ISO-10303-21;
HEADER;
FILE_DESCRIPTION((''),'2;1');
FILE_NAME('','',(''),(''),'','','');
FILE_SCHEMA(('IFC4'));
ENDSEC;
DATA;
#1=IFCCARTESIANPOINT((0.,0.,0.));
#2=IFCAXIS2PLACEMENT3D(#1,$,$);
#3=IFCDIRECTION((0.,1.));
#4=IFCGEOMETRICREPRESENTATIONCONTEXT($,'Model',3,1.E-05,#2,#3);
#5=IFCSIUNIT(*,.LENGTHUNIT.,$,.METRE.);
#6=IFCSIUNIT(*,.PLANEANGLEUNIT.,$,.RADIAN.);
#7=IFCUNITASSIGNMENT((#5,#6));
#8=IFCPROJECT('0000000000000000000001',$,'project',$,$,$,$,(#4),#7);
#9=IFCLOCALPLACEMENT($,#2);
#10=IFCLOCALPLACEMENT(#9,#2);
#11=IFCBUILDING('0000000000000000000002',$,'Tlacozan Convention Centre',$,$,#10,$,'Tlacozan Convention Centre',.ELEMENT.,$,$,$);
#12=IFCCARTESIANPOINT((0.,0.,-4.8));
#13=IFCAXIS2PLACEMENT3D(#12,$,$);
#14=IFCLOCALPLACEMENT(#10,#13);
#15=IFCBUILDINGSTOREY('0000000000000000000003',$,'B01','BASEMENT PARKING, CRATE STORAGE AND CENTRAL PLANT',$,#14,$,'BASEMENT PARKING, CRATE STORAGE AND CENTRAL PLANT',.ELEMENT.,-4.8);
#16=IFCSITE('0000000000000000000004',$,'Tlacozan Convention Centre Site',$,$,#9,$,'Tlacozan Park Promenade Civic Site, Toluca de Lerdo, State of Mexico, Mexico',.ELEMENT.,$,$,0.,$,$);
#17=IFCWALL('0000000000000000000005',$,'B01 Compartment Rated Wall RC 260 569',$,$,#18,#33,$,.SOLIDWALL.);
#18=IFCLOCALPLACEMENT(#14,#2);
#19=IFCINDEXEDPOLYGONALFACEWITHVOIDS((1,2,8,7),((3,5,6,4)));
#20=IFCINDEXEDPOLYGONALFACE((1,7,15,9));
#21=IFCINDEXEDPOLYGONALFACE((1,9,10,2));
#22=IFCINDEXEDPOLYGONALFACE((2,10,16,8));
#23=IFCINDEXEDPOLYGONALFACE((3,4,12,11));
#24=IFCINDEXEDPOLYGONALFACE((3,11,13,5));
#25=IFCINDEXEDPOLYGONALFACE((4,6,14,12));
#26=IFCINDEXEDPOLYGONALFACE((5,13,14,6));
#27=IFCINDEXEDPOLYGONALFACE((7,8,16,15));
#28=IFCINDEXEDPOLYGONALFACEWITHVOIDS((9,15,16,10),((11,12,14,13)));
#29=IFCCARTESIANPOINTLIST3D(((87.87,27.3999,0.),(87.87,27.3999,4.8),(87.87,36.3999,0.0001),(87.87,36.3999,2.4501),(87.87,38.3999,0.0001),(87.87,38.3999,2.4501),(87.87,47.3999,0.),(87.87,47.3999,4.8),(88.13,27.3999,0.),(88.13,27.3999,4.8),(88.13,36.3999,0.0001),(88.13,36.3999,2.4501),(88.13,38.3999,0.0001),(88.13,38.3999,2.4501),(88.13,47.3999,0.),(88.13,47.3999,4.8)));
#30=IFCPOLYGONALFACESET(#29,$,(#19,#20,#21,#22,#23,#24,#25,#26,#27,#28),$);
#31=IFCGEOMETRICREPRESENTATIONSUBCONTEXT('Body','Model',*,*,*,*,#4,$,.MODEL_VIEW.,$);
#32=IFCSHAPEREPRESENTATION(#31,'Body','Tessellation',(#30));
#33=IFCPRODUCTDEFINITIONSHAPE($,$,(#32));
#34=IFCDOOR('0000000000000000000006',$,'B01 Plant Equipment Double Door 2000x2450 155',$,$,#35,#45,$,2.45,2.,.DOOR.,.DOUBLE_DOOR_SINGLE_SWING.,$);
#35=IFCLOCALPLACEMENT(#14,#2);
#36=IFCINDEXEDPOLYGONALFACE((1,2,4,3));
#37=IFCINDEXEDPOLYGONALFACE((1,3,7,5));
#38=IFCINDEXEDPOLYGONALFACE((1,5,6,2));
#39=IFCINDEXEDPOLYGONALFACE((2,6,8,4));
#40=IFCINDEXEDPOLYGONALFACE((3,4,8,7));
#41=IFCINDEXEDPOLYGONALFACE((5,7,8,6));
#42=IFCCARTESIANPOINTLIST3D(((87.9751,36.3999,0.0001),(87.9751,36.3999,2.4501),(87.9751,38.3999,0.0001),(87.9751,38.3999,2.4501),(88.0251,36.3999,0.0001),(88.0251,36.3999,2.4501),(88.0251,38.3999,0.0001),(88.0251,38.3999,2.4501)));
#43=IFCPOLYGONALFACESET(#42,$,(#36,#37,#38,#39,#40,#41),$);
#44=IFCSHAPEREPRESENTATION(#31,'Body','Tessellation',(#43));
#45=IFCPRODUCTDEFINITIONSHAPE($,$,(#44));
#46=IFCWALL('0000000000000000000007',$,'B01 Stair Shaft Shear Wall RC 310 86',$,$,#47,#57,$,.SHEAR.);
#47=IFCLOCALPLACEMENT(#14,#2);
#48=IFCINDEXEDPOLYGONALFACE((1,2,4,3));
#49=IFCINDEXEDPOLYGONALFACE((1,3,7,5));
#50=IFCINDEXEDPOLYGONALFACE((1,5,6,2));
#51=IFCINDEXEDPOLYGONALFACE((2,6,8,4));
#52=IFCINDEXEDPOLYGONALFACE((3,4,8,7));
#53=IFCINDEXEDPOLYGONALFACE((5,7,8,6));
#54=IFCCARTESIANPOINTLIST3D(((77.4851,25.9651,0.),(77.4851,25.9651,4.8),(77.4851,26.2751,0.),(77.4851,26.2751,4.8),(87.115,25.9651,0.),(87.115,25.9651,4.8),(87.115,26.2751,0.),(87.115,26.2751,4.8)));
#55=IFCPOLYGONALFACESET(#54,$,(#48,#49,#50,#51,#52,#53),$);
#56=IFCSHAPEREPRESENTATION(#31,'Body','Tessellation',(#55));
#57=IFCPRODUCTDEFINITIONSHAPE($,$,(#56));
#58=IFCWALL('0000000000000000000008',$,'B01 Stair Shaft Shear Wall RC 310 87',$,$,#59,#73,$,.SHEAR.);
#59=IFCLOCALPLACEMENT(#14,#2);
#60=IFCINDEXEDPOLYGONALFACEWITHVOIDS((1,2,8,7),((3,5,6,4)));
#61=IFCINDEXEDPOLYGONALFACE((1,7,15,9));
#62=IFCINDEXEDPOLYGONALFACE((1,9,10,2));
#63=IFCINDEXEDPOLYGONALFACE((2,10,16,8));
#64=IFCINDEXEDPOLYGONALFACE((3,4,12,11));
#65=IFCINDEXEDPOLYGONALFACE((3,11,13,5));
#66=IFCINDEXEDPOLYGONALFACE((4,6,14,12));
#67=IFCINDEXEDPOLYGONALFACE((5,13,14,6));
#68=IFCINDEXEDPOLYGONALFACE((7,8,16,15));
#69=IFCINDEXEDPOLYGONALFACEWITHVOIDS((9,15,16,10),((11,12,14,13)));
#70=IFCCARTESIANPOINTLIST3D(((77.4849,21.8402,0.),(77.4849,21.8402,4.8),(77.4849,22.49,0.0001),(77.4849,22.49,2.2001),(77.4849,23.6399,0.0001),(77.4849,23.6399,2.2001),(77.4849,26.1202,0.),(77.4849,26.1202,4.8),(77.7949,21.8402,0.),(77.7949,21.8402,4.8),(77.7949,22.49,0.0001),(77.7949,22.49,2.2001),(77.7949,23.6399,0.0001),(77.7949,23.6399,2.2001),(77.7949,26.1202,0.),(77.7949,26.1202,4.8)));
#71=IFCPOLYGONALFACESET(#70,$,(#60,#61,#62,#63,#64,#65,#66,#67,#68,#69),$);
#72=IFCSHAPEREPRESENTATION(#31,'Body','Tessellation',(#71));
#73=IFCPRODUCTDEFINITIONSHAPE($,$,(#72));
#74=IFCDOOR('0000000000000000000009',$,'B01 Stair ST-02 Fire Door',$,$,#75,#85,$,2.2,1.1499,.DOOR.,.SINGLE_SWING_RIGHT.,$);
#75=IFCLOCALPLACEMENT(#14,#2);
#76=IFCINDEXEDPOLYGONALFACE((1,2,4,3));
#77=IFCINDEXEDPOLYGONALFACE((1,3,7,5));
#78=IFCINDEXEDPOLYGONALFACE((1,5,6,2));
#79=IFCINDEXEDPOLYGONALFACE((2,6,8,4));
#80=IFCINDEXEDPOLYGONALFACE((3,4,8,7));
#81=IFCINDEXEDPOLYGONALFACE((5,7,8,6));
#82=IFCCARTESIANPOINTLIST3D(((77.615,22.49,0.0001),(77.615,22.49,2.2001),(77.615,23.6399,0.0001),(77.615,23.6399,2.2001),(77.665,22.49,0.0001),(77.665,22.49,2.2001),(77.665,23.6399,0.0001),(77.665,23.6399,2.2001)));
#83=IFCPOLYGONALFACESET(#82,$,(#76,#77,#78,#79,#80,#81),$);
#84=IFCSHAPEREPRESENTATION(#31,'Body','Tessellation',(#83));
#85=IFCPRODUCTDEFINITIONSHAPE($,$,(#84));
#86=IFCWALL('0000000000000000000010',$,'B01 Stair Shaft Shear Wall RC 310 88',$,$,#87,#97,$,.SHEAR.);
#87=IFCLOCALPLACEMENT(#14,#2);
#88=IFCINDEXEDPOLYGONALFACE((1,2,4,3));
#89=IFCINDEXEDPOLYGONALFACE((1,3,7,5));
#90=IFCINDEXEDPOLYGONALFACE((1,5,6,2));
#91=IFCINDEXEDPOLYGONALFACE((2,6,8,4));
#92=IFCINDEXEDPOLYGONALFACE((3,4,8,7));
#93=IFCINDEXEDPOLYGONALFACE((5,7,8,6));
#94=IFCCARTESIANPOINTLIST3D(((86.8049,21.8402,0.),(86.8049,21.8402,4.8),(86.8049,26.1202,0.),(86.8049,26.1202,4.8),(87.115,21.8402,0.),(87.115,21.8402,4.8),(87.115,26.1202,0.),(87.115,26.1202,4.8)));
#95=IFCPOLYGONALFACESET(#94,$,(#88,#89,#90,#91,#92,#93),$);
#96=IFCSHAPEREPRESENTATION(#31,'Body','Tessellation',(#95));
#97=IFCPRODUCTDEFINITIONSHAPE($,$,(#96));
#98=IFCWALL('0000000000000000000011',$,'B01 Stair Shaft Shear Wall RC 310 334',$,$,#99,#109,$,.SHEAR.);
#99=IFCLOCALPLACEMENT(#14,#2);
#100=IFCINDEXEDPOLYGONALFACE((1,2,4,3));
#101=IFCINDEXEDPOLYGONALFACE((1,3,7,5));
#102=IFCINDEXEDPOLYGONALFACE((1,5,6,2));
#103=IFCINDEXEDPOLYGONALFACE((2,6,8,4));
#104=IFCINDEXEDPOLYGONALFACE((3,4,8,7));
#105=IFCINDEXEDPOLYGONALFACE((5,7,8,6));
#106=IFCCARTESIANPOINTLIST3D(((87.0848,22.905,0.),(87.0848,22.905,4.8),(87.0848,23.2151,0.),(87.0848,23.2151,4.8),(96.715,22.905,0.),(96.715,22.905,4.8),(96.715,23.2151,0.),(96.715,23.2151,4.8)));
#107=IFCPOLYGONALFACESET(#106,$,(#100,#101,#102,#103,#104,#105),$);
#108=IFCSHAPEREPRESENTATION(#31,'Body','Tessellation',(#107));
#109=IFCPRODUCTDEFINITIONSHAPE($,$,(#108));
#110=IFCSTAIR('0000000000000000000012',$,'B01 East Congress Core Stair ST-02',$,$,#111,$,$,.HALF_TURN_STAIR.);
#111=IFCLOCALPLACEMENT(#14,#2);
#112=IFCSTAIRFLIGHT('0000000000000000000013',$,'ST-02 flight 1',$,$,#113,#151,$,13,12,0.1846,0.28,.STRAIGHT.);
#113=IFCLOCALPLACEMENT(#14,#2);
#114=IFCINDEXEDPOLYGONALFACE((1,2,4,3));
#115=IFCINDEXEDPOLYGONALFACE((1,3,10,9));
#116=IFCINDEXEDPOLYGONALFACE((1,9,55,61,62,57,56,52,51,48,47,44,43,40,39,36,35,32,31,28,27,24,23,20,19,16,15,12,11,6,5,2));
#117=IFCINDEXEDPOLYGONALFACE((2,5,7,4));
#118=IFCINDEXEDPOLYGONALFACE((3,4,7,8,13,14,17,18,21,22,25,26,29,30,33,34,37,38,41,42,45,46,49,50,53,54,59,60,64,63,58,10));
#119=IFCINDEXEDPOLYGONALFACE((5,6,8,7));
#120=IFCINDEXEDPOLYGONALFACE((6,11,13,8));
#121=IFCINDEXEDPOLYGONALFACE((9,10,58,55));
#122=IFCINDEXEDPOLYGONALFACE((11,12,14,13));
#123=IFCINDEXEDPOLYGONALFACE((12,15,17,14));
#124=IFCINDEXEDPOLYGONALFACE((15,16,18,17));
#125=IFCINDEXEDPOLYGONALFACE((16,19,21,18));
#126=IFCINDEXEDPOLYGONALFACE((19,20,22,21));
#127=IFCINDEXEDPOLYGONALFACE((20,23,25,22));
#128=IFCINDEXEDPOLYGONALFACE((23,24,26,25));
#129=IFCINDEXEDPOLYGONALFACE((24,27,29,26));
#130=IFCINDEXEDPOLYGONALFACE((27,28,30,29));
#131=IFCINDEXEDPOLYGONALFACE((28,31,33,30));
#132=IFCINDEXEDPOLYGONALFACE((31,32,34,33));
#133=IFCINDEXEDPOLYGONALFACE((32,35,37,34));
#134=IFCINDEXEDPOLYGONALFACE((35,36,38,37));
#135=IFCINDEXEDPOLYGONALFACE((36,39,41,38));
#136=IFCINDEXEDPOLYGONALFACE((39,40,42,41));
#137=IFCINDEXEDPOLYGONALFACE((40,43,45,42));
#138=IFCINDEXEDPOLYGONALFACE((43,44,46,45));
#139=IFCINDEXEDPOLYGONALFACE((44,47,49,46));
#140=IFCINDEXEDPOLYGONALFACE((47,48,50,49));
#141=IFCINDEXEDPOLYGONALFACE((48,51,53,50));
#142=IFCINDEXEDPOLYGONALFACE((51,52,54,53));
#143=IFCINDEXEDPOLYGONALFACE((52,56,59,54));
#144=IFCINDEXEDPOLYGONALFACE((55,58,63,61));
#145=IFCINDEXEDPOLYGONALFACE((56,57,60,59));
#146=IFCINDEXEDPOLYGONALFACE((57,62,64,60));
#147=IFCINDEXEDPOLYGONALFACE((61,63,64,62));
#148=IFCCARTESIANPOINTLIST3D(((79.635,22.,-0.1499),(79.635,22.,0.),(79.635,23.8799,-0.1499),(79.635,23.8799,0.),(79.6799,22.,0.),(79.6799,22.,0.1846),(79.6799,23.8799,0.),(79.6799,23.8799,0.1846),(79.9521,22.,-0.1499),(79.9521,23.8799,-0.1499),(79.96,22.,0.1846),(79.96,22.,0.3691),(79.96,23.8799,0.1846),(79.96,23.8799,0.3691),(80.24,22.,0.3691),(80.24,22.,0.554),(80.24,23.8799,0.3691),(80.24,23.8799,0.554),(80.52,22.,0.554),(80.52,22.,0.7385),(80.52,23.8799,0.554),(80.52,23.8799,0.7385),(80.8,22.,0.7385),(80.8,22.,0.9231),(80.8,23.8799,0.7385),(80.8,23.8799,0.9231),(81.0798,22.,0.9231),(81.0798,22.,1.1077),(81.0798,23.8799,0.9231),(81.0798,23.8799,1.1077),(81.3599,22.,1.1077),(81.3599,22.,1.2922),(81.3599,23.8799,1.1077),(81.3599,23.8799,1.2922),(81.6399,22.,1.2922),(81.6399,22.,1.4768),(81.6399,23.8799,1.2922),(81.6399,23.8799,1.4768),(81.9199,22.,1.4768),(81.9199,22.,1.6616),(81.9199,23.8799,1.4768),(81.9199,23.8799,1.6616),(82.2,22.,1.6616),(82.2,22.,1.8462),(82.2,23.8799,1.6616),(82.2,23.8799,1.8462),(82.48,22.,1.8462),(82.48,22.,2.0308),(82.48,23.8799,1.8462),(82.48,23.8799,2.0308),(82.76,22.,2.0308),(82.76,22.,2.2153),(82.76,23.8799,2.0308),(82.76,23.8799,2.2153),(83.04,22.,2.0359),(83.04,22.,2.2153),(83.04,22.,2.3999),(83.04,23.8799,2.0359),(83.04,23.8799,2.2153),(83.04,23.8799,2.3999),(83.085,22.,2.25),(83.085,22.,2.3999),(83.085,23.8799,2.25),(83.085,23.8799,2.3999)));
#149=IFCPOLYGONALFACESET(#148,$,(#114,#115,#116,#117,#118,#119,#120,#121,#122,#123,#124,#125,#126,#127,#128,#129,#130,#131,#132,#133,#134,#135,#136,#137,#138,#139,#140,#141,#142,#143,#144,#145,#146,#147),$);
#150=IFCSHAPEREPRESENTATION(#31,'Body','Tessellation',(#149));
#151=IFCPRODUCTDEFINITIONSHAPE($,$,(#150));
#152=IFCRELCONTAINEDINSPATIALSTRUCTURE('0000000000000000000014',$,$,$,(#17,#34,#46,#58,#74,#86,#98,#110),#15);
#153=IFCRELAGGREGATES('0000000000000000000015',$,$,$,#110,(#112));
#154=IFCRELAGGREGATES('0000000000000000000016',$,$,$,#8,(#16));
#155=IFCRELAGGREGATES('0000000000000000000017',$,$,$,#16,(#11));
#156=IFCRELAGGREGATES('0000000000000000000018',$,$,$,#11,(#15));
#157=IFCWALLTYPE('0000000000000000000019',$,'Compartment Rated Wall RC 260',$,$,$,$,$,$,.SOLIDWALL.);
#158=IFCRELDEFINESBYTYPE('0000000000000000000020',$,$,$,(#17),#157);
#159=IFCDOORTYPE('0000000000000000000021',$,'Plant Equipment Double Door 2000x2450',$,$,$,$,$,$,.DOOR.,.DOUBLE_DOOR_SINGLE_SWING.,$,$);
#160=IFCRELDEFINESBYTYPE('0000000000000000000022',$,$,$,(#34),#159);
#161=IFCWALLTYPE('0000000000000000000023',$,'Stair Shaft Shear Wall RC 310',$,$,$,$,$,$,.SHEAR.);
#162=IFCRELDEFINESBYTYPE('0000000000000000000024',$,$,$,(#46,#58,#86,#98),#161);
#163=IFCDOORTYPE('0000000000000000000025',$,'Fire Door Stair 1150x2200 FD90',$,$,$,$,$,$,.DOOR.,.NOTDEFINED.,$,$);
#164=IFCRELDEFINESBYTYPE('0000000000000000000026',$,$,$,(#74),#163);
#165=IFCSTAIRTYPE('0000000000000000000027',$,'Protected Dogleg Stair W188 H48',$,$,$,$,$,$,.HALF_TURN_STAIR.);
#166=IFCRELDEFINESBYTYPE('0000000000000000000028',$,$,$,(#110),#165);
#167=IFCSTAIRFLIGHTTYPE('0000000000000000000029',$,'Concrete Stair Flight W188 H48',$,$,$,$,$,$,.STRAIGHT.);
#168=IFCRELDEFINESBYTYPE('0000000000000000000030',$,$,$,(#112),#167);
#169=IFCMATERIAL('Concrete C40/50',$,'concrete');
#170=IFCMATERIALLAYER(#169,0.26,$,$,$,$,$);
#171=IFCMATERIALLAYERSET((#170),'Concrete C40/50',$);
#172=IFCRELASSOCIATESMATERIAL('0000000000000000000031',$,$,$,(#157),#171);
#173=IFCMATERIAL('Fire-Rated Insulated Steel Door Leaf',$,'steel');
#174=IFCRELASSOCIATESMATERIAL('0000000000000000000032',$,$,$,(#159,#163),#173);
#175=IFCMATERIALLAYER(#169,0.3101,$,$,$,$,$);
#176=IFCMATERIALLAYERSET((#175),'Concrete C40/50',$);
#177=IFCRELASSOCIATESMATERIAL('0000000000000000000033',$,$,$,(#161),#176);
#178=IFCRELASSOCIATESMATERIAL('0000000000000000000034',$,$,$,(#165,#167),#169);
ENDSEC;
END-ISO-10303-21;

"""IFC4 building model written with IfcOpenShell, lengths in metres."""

from ifc_helpers import new_model, si_unit, direction, frame, frame_2d, origin, place, context, subcontext, project, spatial, polyline, rectangle, outline, extrude, material, layer, layer_set, type_object, element, fill, aggregate, save


model = new_model("IFC4")

# Units and contexts
model_context = context("Model", 3, precision=1e-05, world=origin(), true_north=direction((0.0, 1.0)))
body_context = subcontext(model_context, "Body", "Model", "MODEL_VIEW")
ifc_project = project(units=[si_unit("LENGTHUNIT", "METRE"), si_unit("PLANEANGLEUNIT", "RADIAN")], contexts=[model_context])

# Site, building, storey
site_placement = place(None, origin())
site = spatial("IfcSite", under=ifc_project, at=site_placement, Name="Tlacozan Convention Centre Site", LongName="Tlacozan Park Promenade Civic Site, Toluca de Lerdo, State of Mexico, Mexico", CompositionType="ELEMENT", RefElevation=0.0)
building_placement = place(site_placement, origin())
building = spatial("IfcBuilding", under=site, at=building_placement, Name="Tlacozan Convention Centre", LongName="Tlacozan Convention Centre", CompositionType="ELEMENT")
storey_placement = place(building_placement, frame((0.0, 0.0, -4.8)))
storey = spatial("IfcBuildingStorey", under=building, at=storey_placement, Name="B01", Description="BASEMENT PARKING, CRATE STORAGE AND CENTRAL PLANT", LongName="BASEMENT PARKING, CRATE STORAGE AND CENTRAL PLANT", CompositionType="ELEMENT", Elevation=-4.8)

# Shared definitions
ifc_material_1 = material(Name="Concrete C40/50", Category="concrete")

# Wall, opening, door
ifc_layer_1 = layer(ifc_material_1, 0.26)
ifc_layer_set_1 = layer_set([ifc_layer_1], Name="Concrete C40/50")
wall_type_1 = type_object("IfcWallType", Name="Compartment Rated Wall RC 260", PredefinedType="SOLIDWALL", material=ifc_layer_set_1)
wall_1_placement = place(storey_placement, frame((88.0, 27.3999, 0.0), z_axis=(0.0, 0.0, 1.0), x_axis=(0.0, 1.0, 0.0)))
wall_1 = element("IfcWall", 1, at=wall_1_placement, inside=storey, type_object=wall_type_1, Name="B01 Compartment Rated Wall RC 260 569", PredefinedType="SOLIDWALL", context=body_context, shape_type="SweptSolid", body=[
    extrude(rectangle(XDim=20.0, YDim=0.26, at=frame_2d((10.0, 0.0))), origin(), (0.0, 0.0, 1.0), 4.8),
])
opening_1_placement = place(wall_1_placement, frame((9.0, 0.0, 0.0)))
opening_1 = element("IfcOpeningElement", 2, at=opening_1_placement, cuts=wall_1, PredefinedType="OPENING", context=body_context, shape_type="SweptSolid", body=[
    extrude(rectangle(XDim=2.0, YDim=2.45, at=frame_2d((1.0, 1.2251))), frame((0.0, 0.1399, 0.0), z_axis=(0.0, -1.0, 0.0), x_axis=(1.0, 0.0, 0.0)), (0.0, 0.0, 1.0), 0.28),
])
ifc_material_2 = material(Name="Fire-Rated Insulated Steel Door Leaf", Category="steel")
door_type_1 = type_object("IfcDoorType", Name="Plant Equipment Double Door 2000x2450", OperationType="DOUBLE_DOOR_SINGLE_SWING", PredefinedType="DOOR", material=ifc_material_2)
door_1_placement = place(opening_1_placement, origin())
door_1 = element("IfcDoor", 3, at=door_1_placement, inside=storey, type_object=door_type_1, Name="B01 Plant Equipment Double Door 2000x2450 155", OperationType="DOUBLE_DOOR_SINGLE_SWING", OverallHeight=2.45, OverallWidth=2.0, PredefinedType="DOOR", context=body_context, shape_type="SweptSolid", body=[
    extrude(rectangle(XDim=2.0, YDim=2.45, at=frame_2d((1.0, 1.2251))), frame((0.0, 0.0249, 0.0), z_axis=(0.0, -1.0, 0.0), x_axis=(1.0, 0.0, 0.0)), (0.0, 0.0, 1.0), 0.05),
])
fill(opening_1, door_1)

# Wall
ifc_layer_2 = layer(ifc_material_1, 0.3101)
ifc_layer_set_2 = layer_set([ifc_layer_2], Name="Concrete C40/50")
wall_type_2 = type_object("IfcWallType", Name="Stair Shaft Shear Wall RC 310", PredefinedType="SHEAR", material=ifc_layer_set_2)
wall_2_placement = place(storey_placement, frame((77.4851, 26.1201, 0.0), z_axis=(0.0, 0.0, 1.0), x_axis=(1.0, 0.0, 0.0)))
element("IfcWall", 4, at=wall_2_placement, inside=storey, type_object=wall_type_2, Name="B01 Stair Shaft Shear Wall RC 310 86", PredefinedType="SHEAR", context=body_context, shape_type="SweptSolid", body=[
    extrude(rectangle(XDim=9.6299, YDim=0.3101, at=frame_2d((4.8149, 0.0))), origin(), (0.0, 0.0, 1.0), 4.8),
])

# Wall, opening, door
wall_3_placement = place(storey_placement, frame((77.6399, 21.8401, 0.0), z_axis=(0.0, 0.0, 1.0), x_axis=(0.0, 1.0, 0.0)))
wall_3 = element("IfcWall", 5, at=wall_3_placement, inside=storey, type_object=wall_type_2, Name="B01 Stair Shaft Shear Wall RC 310 87", PredefinedType="SHEAR", context=body_context, shape_type="SweptSolid", body=[
    extrude(rectangle(XDim=4.28, YDim=0.3101, at=frame_2d((2.1401, 0.0))), origin(), (0.0, 0.0, 1.0), 4.8),
])
opening_2_placement = place(wall_3_placement, frame((0.6499, 0.0, 0.0)))
opening_2 = element("IfcOpeningElement", 6, at=opening_2_placement, cuts=wall_3, PredefinedType="OPENING", context=body_context, shape_type="SweptSolid", body=[
    extrude(rectangle(XDim=1.1499, YDim=2.2, at=frame_2d((0.575, 1.1001))), frame((0.0, 0.165, 0.0), z_axis=(0.0, -1.0, 0.0), x_axis=(1.0, 0.0, 0.0)), (0.0, 0.0, 1.0), 0.3301),
])
door_type_2 = type_object("IfcDoorType", Name="Fire Door Stair 1150x2200 FD90", OperationType="NOTDEFINED", PredefinedType="DOOR", material=ifc_material_2)
door_2_placement = place(opening_2_placement, origin())
door_2 = element("IfcDoor", 7, at=door_2_placement, inside=storey, type_object=door_type_2, Name="B01 Stair ST-02 Fire Door", OperationType="SINGLE_SWING_RIGHT", OverallHeight=2.2, OverallWidth=1.1499, PredefinedType="DOOR", context=body_context, shape_type="SweptSolid", body=[
    extrude(rectangle(XDim=1.1499, YDim=2.2, at=frame_2d((0.575, 1.1001))), frame((0.0, 0.0249, 0.0), z_axis=(0.0, -1.0, 0.0), x_axis=(1.0, 0.0, 0.0)), (0.0, 0.0, 1.0), 0.05),
])
fill(opening_2, door_2)

# Walls
wall_4_placement = place(storey_placement, frame((86.96, 21.8401, 0.0), z_axis=(0.0, 0.0, 1.0), x_axis=(0.0, 1.0, 0.0)))
element("IfcWall", 8, at=wall_4_placement, inside=storey, type_object=wall_type_2, Name="B01 Stair Shaft Shear Wall RC 310 88", PredefinedType="SHEAR", context=body_context, shape_type="SweptSolid", body=[
    extrude(rectangle(XDim=4.28, YDim=0.3101, at=frame_2d((2.1401, 0.0))), origin(), (0.0, 0.0, 1.0), 4.8),
])
wall_5_placement = place(storey_placement, frame((87.085, 23.0601, 0.0), z_axis=(0.0, 0.0, 1.0), x_axis=(1.0, 0.0, 0.0)))
element("IfcWall", 9, at=wall_5_placement, inside=storey, type_object=wall_type_2, Name="B01 Stair Shaft Shear Wall RC 310 334", PredefinedType="SHEAR", context=body_context, shape_type="SweptSolid", body=[
    extrude(rectangle(XDim=9.6301, YDim=0.3101, at=frame_2d((4.8149, 0.0))), origin(), (0.0, 0.0, 1.0), 4.8),
])

# Stair, stair flight
stair_type = type_object("IfcStairType", Name="Protected Dogleg Stair W188 H48", PredefinedType="HALF_TURN_STAIR", material=ifc_material_1)
stair_placement = place(storey_placement, origin())
stair = element("IfcStair", 10, at=stair_placement, inside=storey, type_object=stair_type, Name="B01 East Congress Core Stair ST-02", PredefinedType="HALF_TURN_STAIR")
stair_flight_type = type_object("IfcStairFlightType", Name="Concrete Stair Flight W188 H48", PredefinedType="STRAIGHT", material=ifc_material_1)
stair_flight_1_placement = place(storey_placement, frame((79.6799, 22.9399, 0.0), z_axis=(0.0, 0.0, 1.0), x_axis=(1.0, 0.0, 0.0)))
stair_flight_1 = element("IfcStairFlight", 11, at=stair_flight_1_placement, type_object=stair_flight_type, Name="ST-02 flight 1", NumberOfRisers=13, NumberOfTreads=12, PredefinedType="STRAIGHT", RiserHeight=0.1846, TreadLength=0.28, context=body_context, shape_type="SweptSolid", body=[
    extrude(outline(polyline([(-0.0449, -0.1499), (-0.0449, 0.0), (0.0, 0.0), (0.0, 0.1846), (0.28, 0.1846), (0.28, 0.3691), (0.5601, 0.3691), (0.5601, 0.554), (0.8401, 0.554), (0.8401, 0.7385), (1.1201, 0.7385), (1.1201, 0.9231), (1.3999, 0.9231), (1.3999, 1.1077), (1.6799, 1.1077), (1.6799, 1.2922), (1.96, 1.2922), (1.96, 1.4768), (2.24, 1.4768), (2.24, 1.6616), (2.52, 1.6616), (2.52, 1.8462), (2.8, 1.8462), (2.8, 2.0308), (3.0801, 2.0308), (3.0801, 2.2153), (3.3601, 2.2153), (3.3601, 2.3999), (3.405, 2.3999), (3.405, 2.25), (3.3601, 2.0359), (0.2722, -0.1499), (-0.0449, -0.1499)])), frame((0.0, 0.9399, 0.0), z_axis=(0.0, -1.0, 0.0), x_axis=(1.0, 0.0, 0.0)), (0.0, 0.0, 1.0), 1.8799),
])
aggregate(stair, [stair_flight_1])

save(model, "model.ifc")
